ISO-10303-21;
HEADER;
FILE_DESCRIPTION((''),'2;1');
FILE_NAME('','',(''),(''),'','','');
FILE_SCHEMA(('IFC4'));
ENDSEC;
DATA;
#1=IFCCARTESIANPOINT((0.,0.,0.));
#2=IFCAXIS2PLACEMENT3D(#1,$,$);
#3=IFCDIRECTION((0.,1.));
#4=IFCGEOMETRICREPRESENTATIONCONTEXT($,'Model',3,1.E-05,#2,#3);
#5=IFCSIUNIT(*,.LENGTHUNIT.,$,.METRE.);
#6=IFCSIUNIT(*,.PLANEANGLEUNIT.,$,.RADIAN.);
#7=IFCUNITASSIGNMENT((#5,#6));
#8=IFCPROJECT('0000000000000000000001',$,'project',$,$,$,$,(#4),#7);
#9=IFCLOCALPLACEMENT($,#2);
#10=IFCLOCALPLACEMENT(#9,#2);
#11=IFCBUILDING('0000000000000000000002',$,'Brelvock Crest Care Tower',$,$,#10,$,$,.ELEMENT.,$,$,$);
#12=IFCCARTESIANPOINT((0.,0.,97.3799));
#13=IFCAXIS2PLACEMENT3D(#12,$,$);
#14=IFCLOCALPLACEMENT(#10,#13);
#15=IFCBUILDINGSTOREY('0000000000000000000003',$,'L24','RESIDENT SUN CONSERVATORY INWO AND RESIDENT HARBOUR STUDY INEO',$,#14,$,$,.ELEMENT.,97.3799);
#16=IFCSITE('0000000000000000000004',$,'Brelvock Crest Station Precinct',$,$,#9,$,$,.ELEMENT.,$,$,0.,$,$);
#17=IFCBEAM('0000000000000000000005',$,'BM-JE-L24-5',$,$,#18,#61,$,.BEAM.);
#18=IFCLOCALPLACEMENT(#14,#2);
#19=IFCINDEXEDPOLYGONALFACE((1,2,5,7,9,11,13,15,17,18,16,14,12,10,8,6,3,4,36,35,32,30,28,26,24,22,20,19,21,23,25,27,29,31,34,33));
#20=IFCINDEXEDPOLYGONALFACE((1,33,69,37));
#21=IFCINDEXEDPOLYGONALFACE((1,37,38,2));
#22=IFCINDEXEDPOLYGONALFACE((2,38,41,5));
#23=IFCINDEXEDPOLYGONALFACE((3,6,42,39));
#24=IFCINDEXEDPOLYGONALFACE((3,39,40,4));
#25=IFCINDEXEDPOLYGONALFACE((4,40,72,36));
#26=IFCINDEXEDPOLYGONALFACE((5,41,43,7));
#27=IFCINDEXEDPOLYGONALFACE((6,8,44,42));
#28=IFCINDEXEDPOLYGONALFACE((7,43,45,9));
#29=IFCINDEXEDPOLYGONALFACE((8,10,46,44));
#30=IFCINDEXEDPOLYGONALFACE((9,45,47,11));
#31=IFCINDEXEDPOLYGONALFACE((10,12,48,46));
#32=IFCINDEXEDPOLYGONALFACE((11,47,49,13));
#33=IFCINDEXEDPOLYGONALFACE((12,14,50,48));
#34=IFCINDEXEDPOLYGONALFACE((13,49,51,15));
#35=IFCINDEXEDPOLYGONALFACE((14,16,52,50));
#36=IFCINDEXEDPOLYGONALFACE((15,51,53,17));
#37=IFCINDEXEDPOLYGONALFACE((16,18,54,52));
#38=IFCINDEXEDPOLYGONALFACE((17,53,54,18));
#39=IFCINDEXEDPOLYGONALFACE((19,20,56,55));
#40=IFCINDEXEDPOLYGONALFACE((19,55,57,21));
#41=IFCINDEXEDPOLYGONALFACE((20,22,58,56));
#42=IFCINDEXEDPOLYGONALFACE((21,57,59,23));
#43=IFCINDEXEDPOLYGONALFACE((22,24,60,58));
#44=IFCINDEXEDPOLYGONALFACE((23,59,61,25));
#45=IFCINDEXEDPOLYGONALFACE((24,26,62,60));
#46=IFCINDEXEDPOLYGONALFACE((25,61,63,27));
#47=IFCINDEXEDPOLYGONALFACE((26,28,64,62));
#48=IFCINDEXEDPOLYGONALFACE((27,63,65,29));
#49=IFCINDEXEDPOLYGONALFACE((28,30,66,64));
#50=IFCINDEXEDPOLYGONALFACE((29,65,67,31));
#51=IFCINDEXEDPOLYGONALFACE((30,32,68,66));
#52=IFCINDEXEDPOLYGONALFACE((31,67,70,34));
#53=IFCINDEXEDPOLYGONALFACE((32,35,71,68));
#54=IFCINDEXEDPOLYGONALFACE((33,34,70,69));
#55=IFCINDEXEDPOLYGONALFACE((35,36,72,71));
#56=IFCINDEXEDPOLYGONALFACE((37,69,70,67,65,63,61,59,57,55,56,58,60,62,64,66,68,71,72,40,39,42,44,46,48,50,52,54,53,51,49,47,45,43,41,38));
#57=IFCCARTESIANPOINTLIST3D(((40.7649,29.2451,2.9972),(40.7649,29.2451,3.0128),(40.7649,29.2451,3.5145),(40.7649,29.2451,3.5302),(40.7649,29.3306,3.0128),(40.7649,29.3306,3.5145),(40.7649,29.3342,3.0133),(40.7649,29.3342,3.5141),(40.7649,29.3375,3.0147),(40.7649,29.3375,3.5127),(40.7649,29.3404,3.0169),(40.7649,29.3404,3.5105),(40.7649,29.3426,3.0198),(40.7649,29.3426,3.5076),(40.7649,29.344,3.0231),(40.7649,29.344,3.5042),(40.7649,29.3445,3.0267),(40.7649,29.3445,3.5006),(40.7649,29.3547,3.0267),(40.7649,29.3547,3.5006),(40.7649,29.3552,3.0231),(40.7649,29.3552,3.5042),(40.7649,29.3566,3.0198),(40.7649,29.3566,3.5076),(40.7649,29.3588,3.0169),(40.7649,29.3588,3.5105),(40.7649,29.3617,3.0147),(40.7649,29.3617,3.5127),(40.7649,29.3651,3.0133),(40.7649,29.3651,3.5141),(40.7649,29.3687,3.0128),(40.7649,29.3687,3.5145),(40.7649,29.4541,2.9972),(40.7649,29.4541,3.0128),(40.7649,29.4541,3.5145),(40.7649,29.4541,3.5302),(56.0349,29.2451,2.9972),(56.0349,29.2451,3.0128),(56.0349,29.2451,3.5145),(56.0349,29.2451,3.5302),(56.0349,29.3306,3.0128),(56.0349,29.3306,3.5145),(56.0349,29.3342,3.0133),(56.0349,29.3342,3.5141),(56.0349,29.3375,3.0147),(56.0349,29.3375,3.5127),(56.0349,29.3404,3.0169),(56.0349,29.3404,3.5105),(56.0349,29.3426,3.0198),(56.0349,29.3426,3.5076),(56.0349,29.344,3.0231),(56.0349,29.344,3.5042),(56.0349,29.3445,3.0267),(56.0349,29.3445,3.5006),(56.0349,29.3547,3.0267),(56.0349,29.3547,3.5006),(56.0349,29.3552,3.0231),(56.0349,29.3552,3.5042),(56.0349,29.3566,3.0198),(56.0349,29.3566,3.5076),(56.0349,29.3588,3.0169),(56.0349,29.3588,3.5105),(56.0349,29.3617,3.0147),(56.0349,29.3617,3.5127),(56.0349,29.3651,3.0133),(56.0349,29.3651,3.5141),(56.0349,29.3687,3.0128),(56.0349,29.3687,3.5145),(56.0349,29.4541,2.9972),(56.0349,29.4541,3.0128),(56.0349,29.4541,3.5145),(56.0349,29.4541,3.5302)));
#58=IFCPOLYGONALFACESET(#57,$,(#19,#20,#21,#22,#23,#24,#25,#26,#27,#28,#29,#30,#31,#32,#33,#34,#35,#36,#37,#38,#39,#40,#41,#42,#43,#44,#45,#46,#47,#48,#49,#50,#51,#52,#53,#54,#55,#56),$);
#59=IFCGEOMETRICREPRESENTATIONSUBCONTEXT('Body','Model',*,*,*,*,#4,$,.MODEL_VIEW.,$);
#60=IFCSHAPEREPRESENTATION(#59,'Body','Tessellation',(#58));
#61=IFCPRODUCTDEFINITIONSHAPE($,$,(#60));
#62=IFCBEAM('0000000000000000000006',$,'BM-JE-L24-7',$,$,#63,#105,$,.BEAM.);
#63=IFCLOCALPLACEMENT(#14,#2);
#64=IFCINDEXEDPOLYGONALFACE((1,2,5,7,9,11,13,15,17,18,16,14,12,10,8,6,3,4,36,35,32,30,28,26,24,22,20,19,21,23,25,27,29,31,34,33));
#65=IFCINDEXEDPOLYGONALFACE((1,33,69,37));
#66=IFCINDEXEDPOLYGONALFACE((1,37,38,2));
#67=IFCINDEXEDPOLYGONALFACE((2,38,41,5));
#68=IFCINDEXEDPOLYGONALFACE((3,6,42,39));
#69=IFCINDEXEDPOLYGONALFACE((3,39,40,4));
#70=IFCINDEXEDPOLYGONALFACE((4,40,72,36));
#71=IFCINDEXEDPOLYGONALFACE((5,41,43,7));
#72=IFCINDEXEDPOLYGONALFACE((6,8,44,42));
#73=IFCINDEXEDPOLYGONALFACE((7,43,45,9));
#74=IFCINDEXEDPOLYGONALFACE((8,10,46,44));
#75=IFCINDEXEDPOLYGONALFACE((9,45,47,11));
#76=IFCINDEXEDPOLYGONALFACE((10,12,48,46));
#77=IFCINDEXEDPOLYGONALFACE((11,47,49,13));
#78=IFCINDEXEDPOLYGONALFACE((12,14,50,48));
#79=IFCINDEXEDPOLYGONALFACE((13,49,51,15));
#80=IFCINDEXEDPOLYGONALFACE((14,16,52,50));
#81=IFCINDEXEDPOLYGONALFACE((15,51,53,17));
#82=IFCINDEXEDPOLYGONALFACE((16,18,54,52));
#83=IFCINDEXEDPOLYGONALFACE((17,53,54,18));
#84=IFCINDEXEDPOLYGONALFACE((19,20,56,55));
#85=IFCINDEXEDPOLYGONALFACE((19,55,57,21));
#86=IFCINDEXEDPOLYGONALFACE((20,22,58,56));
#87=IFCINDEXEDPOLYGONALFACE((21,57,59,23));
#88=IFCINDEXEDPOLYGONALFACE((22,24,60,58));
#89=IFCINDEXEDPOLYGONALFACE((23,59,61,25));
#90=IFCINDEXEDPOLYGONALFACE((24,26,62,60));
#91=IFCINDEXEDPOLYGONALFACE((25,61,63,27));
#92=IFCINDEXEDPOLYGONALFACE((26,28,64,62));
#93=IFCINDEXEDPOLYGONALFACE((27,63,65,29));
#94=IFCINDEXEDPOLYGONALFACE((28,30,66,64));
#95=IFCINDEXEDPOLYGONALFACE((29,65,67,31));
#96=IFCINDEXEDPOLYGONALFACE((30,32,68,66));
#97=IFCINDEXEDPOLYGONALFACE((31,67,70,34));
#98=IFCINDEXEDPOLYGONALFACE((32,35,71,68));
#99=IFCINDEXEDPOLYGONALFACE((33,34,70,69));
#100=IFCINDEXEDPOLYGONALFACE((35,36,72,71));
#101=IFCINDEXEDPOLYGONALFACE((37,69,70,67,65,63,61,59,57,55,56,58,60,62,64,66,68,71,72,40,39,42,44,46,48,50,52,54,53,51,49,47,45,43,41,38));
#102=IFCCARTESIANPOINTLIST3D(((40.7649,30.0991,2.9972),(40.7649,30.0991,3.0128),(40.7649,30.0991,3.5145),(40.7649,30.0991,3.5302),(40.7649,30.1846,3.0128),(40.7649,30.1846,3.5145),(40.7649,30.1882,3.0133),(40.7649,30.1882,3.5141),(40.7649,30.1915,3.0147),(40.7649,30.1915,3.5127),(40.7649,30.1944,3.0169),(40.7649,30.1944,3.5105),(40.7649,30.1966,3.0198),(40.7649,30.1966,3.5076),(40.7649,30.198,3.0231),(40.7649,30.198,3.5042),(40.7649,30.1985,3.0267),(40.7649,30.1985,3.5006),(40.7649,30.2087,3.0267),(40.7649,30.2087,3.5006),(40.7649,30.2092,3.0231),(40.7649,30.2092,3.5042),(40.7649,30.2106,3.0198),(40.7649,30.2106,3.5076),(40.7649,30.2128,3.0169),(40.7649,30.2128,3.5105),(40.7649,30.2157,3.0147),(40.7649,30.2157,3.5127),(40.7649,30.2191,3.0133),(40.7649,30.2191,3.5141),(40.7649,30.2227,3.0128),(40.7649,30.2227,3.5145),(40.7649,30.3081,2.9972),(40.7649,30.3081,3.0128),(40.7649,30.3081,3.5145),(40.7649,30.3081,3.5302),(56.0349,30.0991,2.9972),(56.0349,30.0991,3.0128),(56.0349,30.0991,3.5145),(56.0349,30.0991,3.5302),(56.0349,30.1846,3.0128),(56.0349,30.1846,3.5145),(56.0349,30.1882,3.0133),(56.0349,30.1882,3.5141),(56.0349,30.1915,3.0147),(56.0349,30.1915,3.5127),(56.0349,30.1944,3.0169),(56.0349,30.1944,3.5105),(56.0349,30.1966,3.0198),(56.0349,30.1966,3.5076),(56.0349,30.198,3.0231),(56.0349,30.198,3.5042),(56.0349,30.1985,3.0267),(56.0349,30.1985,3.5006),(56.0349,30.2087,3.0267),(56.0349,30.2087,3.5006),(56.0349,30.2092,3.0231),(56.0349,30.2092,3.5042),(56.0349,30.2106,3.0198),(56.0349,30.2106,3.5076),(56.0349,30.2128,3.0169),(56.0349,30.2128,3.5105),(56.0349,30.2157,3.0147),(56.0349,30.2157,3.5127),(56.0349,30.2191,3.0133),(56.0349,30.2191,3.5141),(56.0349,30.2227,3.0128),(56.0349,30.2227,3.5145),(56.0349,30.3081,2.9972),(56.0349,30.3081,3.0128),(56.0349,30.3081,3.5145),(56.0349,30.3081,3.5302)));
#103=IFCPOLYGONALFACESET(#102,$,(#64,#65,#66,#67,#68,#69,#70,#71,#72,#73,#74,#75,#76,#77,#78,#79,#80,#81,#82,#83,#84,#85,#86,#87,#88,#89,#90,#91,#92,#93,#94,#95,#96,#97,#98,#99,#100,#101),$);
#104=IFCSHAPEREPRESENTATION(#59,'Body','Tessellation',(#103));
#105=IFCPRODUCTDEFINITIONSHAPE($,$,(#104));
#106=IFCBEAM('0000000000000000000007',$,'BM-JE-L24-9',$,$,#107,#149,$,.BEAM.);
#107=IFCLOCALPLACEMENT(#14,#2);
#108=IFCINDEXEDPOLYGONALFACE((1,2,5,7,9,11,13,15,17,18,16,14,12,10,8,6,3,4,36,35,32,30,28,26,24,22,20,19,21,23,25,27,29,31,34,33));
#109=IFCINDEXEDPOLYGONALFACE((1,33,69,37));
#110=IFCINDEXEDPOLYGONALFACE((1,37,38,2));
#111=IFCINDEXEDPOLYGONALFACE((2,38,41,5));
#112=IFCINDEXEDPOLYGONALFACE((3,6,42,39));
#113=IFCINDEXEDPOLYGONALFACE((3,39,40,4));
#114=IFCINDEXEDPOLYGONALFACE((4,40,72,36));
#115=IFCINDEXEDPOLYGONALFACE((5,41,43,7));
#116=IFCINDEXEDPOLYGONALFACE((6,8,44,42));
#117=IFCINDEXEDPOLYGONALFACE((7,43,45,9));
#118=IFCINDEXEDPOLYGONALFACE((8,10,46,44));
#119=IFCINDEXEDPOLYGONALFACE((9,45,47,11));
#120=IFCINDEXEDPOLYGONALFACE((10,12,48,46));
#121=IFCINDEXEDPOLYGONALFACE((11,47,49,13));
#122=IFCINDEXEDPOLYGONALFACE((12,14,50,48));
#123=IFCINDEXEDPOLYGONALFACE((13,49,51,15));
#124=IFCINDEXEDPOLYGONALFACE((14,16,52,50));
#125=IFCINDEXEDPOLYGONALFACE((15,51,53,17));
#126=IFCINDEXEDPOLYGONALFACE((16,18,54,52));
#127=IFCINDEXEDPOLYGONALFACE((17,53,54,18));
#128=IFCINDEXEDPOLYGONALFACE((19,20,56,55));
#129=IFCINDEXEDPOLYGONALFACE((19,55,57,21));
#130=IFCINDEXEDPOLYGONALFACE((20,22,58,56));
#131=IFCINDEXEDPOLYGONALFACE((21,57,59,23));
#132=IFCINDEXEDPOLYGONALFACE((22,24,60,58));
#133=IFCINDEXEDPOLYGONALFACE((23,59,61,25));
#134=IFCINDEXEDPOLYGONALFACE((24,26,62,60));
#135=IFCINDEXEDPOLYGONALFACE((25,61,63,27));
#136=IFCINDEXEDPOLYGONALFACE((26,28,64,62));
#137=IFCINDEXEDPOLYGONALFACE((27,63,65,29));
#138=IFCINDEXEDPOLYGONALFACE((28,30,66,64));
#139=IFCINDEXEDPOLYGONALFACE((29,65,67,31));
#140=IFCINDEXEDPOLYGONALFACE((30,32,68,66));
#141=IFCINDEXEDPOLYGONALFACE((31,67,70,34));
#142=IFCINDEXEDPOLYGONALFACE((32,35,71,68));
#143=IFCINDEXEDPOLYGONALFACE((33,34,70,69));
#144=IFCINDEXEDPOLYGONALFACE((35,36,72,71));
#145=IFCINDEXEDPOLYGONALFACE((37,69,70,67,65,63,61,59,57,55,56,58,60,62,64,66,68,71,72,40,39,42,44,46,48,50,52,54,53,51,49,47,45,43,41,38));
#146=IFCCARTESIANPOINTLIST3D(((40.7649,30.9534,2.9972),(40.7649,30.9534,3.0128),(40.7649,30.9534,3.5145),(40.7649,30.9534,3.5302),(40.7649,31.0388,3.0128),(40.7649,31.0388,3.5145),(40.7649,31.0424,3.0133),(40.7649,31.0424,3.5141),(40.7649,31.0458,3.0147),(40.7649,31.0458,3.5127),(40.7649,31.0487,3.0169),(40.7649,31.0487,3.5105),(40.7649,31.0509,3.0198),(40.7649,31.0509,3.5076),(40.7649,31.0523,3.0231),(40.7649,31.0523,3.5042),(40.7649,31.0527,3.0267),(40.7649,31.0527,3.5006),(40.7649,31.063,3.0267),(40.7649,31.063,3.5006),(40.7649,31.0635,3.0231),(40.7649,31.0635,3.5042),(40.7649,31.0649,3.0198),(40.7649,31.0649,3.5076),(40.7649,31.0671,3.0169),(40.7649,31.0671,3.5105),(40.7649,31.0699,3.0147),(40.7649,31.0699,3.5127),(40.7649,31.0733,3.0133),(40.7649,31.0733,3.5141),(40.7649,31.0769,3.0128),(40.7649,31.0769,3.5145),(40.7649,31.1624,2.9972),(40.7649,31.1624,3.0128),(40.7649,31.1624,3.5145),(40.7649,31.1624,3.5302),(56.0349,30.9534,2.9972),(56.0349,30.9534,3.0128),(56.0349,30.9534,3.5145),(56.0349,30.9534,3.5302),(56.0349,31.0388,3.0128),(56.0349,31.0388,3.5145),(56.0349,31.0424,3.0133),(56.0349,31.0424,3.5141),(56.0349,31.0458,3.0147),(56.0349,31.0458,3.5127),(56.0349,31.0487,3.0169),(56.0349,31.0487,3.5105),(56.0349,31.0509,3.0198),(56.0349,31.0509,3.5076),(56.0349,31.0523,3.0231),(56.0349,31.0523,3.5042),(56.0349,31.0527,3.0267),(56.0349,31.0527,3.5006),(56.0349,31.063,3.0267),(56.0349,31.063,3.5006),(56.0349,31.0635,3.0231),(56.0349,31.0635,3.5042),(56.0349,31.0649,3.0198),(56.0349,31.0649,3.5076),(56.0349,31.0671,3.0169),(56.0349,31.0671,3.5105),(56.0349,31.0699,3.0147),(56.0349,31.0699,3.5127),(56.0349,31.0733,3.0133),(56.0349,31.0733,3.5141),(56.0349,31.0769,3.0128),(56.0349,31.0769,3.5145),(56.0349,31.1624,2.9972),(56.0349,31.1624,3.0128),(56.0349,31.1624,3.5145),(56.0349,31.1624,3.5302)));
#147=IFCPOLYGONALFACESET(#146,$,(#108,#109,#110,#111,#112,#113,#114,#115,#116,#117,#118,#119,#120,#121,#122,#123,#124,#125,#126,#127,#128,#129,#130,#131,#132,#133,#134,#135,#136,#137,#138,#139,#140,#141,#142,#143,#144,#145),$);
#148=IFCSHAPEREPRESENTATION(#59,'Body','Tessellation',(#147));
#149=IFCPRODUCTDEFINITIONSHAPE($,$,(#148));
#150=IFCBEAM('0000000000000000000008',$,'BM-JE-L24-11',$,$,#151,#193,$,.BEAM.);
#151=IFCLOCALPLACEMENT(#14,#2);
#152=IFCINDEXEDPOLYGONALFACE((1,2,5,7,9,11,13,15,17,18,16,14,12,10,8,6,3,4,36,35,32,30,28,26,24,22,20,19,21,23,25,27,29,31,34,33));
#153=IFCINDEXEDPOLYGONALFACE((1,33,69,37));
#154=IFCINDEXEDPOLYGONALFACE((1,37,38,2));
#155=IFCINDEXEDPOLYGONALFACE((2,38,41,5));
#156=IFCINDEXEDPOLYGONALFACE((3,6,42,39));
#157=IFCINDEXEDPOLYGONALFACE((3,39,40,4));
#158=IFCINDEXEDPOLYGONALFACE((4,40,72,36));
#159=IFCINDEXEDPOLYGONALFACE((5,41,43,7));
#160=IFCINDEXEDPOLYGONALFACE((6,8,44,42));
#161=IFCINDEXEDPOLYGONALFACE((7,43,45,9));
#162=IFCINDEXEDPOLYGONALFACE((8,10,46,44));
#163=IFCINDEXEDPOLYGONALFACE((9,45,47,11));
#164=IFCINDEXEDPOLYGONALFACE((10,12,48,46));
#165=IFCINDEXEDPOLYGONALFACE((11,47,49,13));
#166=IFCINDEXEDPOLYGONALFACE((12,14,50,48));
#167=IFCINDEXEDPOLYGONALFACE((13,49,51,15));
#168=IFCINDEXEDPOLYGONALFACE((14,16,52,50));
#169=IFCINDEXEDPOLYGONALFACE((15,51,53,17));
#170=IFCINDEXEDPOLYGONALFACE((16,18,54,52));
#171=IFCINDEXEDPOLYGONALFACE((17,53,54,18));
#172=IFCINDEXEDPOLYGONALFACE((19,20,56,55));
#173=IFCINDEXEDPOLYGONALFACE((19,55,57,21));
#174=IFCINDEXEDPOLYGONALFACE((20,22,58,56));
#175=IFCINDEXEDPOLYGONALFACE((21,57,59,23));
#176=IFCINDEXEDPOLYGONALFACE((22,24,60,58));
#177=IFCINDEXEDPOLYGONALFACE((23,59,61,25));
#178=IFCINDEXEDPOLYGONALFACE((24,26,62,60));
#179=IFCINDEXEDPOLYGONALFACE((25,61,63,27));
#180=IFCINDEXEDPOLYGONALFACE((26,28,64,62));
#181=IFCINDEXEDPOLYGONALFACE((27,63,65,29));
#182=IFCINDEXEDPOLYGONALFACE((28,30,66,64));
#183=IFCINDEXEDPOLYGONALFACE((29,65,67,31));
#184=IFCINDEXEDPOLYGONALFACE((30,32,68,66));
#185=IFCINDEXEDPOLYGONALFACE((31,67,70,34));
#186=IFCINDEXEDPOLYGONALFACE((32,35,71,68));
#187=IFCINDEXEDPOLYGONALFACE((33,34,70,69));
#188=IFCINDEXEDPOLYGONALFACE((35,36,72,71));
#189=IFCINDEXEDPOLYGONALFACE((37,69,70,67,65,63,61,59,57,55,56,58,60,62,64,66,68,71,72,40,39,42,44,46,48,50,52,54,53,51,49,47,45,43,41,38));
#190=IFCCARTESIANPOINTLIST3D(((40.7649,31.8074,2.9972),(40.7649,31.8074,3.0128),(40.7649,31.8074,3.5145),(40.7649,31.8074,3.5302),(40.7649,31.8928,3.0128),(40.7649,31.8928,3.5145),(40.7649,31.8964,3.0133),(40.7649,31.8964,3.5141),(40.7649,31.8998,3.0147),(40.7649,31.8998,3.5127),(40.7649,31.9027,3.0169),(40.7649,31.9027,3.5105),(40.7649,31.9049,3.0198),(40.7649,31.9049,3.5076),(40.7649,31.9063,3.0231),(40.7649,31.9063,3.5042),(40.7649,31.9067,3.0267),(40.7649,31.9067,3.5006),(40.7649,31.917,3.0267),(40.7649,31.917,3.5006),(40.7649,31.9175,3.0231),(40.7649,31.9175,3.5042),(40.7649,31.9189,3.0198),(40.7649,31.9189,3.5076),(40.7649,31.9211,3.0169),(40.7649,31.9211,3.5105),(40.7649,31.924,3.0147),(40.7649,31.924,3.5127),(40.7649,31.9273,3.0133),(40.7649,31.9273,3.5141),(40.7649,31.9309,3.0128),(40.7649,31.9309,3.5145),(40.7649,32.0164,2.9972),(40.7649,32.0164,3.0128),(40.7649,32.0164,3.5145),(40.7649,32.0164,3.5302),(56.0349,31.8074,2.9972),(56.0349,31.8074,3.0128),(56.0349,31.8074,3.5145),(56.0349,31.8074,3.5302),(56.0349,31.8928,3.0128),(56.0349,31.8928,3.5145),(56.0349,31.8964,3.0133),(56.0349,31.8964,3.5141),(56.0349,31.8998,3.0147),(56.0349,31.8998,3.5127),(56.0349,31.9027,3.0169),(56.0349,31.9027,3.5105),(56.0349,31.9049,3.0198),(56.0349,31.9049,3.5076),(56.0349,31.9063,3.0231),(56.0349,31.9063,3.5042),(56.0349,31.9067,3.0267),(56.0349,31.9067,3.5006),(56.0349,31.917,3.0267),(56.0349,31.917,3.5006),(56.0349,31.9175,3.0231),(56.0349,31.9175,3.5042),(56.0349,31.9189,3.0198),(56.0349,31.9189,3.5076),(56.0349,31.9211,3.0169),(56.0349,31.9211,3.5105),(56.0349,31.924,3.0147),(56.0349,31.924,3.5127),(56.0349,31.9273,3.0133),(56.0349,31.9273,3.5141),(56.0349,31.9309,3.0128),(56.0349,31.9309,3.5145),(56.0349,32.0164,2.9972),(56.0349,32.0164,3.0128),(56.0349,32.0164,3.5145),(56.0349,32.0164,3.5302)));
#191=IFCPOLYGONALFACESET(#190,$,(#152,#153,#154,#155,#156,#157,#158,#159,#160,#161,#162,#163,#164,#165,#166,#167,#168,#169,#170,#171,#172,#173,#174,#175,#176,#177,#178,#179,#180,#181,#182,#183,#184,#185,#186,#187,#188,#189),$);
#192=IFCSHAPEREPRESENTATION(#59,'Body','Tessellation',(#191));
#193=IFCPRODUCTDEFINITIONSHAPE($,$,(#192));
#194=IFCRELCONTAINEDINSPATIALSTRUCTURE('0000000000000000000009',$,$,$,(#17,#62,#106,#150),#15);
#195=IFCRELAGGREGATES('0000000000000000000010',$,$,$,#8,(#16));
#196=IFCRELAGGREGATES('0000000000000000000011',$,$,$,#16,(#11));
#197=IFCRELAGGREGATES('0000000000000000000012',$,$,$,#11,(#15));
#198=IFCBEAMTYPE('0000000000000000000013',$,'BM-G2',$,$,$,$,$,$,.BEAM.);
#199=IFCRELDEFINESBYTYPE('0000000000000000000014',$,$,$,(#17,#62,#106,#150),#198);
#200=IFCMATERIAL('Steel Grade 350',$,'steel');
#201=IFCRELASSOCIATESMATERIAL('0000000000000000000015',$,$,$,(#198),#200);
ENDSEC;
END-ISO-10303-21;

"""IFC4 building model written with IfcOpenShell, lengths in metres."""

from ifc_helpers import new_model, si_unit, direction, frame, origin, origin_2d, place, context, subcontext, project, spatial, i_section, extrude, source, transform, mapped, material, material_profile, profile_set, type_object, element, save


model = new_model("IFC4")

# Units and contexts
model_context = context("Model", 3, precision=1e-05, world=origin(), true_north=direction((0.0, 1.0)))
body_context = subcontext(model_context, "Body", "Model", "MODEL_VIEW")
ifc_project = project(units=[si_unit("LENGTHUNIT", "METRE"), si_unit("PLANEANGLEUNIT", "RADIAN")], contexts=[model_context])

# Site, building, storey
site_placement = place(None, origin())
site = spatial("IfcSite", under=ifc_project, at=site_placement, Name="Brelvock Crest Station Precinct", CompositionType="ELEMENT", RefElevation=0.0)
building_placement = place(site_placement, origin())
building = spatial("IfcBuilding", under=site, at=building_placement, Name="Brelvock Crest Care Tower", CompositionType="ELEMENT")
storey_placement = place(building_placement, frame((0.0, 0.0, 97.3799)))
storey = spatial("IfcBuildingStorey", under=building, at=storey_placement, Name="L24", Description="RESIDENT SUN CONSERVATORY INWO AND RESIDENT HARBOUR STUDY INEO", CompositionType="ELEMENT", Elevation=97.3799)

# Shared definitions
ifc_material_1 = material(Name="Steel Grade 350", Category="steel")

# Beams
ifc_material_profile_1 = material_profile(ifc_material_1, i_section(OverallWidth=0.209, OverallDepth=0.533, WebThickness=0.0103, FlangeThickness=0.0156, FilletRadius=0.0139, at=origin_2d()), Name="530UB92.4")
ifc_profile_set_1 = profile_set([ifc_material_profile_1], Name="Steel Grade 350")
beam_type_1 = type_object("IfcBeamType", Name="BM-G2", PredefinedType="BEAM", material=ifc_profile_set_1)
shared_shape_1 = source(origin(), body_context, "Body", "SweptSolid", [
    extrude(i_section(OverallWidth=0.209, OverallDepth=0.533, WebThickness=0.0103, FlangeThickness=0.0156, FilletRadius=0.0139, at=origin_2d()), origin(), (0.0, 0.0, 1.0), 15.27),
])
for number, where, z_axis, x_axis, name in (
    (1, (40.7649, 29.3496, 3.2637), (1.0, 0.0, 0.0), (0.0, 1.0, 0.0), "BM-JE-L24-5"),
    (2, (40.7649, 30.2036, 3.2637), (1.0, 0.0, 0.0), (0.0, 1.0, 0.0), "BM-JE-L24-7"),
    (3, (40.7649, 31.0579, 3.2637), (1.0, 0.0, 0.0), (0.0, 1.0, 0.0), "BM-JE-L24-9"),
    (4, (40.7649, 31.9119, 3.2637), (1.0, 0.0, 0.0), (0.0, 1.0, 0.0), "BM-JE-L24-11"),
):
    element("IfcBeam", number, at=place(storey_placement, frame(where, z_axis=z_axis, x_axis=x_axis)), inside=storey, type_object=beam_type_1, Name=name, PredefinedType="BEAM", context=body_context, shape_type="MappedRepresentation", body=[
        mapped(shared_shape_1, transform((0.0, 0.0, 0.0), x_axis=(1.0, 0.0, 0.0), y_axis=(0.0, 1.0, 0.0), z_axis=(0.0, 0.0, 1.0), scale=1.0)),
    ])

save(model, "model.ifc")
